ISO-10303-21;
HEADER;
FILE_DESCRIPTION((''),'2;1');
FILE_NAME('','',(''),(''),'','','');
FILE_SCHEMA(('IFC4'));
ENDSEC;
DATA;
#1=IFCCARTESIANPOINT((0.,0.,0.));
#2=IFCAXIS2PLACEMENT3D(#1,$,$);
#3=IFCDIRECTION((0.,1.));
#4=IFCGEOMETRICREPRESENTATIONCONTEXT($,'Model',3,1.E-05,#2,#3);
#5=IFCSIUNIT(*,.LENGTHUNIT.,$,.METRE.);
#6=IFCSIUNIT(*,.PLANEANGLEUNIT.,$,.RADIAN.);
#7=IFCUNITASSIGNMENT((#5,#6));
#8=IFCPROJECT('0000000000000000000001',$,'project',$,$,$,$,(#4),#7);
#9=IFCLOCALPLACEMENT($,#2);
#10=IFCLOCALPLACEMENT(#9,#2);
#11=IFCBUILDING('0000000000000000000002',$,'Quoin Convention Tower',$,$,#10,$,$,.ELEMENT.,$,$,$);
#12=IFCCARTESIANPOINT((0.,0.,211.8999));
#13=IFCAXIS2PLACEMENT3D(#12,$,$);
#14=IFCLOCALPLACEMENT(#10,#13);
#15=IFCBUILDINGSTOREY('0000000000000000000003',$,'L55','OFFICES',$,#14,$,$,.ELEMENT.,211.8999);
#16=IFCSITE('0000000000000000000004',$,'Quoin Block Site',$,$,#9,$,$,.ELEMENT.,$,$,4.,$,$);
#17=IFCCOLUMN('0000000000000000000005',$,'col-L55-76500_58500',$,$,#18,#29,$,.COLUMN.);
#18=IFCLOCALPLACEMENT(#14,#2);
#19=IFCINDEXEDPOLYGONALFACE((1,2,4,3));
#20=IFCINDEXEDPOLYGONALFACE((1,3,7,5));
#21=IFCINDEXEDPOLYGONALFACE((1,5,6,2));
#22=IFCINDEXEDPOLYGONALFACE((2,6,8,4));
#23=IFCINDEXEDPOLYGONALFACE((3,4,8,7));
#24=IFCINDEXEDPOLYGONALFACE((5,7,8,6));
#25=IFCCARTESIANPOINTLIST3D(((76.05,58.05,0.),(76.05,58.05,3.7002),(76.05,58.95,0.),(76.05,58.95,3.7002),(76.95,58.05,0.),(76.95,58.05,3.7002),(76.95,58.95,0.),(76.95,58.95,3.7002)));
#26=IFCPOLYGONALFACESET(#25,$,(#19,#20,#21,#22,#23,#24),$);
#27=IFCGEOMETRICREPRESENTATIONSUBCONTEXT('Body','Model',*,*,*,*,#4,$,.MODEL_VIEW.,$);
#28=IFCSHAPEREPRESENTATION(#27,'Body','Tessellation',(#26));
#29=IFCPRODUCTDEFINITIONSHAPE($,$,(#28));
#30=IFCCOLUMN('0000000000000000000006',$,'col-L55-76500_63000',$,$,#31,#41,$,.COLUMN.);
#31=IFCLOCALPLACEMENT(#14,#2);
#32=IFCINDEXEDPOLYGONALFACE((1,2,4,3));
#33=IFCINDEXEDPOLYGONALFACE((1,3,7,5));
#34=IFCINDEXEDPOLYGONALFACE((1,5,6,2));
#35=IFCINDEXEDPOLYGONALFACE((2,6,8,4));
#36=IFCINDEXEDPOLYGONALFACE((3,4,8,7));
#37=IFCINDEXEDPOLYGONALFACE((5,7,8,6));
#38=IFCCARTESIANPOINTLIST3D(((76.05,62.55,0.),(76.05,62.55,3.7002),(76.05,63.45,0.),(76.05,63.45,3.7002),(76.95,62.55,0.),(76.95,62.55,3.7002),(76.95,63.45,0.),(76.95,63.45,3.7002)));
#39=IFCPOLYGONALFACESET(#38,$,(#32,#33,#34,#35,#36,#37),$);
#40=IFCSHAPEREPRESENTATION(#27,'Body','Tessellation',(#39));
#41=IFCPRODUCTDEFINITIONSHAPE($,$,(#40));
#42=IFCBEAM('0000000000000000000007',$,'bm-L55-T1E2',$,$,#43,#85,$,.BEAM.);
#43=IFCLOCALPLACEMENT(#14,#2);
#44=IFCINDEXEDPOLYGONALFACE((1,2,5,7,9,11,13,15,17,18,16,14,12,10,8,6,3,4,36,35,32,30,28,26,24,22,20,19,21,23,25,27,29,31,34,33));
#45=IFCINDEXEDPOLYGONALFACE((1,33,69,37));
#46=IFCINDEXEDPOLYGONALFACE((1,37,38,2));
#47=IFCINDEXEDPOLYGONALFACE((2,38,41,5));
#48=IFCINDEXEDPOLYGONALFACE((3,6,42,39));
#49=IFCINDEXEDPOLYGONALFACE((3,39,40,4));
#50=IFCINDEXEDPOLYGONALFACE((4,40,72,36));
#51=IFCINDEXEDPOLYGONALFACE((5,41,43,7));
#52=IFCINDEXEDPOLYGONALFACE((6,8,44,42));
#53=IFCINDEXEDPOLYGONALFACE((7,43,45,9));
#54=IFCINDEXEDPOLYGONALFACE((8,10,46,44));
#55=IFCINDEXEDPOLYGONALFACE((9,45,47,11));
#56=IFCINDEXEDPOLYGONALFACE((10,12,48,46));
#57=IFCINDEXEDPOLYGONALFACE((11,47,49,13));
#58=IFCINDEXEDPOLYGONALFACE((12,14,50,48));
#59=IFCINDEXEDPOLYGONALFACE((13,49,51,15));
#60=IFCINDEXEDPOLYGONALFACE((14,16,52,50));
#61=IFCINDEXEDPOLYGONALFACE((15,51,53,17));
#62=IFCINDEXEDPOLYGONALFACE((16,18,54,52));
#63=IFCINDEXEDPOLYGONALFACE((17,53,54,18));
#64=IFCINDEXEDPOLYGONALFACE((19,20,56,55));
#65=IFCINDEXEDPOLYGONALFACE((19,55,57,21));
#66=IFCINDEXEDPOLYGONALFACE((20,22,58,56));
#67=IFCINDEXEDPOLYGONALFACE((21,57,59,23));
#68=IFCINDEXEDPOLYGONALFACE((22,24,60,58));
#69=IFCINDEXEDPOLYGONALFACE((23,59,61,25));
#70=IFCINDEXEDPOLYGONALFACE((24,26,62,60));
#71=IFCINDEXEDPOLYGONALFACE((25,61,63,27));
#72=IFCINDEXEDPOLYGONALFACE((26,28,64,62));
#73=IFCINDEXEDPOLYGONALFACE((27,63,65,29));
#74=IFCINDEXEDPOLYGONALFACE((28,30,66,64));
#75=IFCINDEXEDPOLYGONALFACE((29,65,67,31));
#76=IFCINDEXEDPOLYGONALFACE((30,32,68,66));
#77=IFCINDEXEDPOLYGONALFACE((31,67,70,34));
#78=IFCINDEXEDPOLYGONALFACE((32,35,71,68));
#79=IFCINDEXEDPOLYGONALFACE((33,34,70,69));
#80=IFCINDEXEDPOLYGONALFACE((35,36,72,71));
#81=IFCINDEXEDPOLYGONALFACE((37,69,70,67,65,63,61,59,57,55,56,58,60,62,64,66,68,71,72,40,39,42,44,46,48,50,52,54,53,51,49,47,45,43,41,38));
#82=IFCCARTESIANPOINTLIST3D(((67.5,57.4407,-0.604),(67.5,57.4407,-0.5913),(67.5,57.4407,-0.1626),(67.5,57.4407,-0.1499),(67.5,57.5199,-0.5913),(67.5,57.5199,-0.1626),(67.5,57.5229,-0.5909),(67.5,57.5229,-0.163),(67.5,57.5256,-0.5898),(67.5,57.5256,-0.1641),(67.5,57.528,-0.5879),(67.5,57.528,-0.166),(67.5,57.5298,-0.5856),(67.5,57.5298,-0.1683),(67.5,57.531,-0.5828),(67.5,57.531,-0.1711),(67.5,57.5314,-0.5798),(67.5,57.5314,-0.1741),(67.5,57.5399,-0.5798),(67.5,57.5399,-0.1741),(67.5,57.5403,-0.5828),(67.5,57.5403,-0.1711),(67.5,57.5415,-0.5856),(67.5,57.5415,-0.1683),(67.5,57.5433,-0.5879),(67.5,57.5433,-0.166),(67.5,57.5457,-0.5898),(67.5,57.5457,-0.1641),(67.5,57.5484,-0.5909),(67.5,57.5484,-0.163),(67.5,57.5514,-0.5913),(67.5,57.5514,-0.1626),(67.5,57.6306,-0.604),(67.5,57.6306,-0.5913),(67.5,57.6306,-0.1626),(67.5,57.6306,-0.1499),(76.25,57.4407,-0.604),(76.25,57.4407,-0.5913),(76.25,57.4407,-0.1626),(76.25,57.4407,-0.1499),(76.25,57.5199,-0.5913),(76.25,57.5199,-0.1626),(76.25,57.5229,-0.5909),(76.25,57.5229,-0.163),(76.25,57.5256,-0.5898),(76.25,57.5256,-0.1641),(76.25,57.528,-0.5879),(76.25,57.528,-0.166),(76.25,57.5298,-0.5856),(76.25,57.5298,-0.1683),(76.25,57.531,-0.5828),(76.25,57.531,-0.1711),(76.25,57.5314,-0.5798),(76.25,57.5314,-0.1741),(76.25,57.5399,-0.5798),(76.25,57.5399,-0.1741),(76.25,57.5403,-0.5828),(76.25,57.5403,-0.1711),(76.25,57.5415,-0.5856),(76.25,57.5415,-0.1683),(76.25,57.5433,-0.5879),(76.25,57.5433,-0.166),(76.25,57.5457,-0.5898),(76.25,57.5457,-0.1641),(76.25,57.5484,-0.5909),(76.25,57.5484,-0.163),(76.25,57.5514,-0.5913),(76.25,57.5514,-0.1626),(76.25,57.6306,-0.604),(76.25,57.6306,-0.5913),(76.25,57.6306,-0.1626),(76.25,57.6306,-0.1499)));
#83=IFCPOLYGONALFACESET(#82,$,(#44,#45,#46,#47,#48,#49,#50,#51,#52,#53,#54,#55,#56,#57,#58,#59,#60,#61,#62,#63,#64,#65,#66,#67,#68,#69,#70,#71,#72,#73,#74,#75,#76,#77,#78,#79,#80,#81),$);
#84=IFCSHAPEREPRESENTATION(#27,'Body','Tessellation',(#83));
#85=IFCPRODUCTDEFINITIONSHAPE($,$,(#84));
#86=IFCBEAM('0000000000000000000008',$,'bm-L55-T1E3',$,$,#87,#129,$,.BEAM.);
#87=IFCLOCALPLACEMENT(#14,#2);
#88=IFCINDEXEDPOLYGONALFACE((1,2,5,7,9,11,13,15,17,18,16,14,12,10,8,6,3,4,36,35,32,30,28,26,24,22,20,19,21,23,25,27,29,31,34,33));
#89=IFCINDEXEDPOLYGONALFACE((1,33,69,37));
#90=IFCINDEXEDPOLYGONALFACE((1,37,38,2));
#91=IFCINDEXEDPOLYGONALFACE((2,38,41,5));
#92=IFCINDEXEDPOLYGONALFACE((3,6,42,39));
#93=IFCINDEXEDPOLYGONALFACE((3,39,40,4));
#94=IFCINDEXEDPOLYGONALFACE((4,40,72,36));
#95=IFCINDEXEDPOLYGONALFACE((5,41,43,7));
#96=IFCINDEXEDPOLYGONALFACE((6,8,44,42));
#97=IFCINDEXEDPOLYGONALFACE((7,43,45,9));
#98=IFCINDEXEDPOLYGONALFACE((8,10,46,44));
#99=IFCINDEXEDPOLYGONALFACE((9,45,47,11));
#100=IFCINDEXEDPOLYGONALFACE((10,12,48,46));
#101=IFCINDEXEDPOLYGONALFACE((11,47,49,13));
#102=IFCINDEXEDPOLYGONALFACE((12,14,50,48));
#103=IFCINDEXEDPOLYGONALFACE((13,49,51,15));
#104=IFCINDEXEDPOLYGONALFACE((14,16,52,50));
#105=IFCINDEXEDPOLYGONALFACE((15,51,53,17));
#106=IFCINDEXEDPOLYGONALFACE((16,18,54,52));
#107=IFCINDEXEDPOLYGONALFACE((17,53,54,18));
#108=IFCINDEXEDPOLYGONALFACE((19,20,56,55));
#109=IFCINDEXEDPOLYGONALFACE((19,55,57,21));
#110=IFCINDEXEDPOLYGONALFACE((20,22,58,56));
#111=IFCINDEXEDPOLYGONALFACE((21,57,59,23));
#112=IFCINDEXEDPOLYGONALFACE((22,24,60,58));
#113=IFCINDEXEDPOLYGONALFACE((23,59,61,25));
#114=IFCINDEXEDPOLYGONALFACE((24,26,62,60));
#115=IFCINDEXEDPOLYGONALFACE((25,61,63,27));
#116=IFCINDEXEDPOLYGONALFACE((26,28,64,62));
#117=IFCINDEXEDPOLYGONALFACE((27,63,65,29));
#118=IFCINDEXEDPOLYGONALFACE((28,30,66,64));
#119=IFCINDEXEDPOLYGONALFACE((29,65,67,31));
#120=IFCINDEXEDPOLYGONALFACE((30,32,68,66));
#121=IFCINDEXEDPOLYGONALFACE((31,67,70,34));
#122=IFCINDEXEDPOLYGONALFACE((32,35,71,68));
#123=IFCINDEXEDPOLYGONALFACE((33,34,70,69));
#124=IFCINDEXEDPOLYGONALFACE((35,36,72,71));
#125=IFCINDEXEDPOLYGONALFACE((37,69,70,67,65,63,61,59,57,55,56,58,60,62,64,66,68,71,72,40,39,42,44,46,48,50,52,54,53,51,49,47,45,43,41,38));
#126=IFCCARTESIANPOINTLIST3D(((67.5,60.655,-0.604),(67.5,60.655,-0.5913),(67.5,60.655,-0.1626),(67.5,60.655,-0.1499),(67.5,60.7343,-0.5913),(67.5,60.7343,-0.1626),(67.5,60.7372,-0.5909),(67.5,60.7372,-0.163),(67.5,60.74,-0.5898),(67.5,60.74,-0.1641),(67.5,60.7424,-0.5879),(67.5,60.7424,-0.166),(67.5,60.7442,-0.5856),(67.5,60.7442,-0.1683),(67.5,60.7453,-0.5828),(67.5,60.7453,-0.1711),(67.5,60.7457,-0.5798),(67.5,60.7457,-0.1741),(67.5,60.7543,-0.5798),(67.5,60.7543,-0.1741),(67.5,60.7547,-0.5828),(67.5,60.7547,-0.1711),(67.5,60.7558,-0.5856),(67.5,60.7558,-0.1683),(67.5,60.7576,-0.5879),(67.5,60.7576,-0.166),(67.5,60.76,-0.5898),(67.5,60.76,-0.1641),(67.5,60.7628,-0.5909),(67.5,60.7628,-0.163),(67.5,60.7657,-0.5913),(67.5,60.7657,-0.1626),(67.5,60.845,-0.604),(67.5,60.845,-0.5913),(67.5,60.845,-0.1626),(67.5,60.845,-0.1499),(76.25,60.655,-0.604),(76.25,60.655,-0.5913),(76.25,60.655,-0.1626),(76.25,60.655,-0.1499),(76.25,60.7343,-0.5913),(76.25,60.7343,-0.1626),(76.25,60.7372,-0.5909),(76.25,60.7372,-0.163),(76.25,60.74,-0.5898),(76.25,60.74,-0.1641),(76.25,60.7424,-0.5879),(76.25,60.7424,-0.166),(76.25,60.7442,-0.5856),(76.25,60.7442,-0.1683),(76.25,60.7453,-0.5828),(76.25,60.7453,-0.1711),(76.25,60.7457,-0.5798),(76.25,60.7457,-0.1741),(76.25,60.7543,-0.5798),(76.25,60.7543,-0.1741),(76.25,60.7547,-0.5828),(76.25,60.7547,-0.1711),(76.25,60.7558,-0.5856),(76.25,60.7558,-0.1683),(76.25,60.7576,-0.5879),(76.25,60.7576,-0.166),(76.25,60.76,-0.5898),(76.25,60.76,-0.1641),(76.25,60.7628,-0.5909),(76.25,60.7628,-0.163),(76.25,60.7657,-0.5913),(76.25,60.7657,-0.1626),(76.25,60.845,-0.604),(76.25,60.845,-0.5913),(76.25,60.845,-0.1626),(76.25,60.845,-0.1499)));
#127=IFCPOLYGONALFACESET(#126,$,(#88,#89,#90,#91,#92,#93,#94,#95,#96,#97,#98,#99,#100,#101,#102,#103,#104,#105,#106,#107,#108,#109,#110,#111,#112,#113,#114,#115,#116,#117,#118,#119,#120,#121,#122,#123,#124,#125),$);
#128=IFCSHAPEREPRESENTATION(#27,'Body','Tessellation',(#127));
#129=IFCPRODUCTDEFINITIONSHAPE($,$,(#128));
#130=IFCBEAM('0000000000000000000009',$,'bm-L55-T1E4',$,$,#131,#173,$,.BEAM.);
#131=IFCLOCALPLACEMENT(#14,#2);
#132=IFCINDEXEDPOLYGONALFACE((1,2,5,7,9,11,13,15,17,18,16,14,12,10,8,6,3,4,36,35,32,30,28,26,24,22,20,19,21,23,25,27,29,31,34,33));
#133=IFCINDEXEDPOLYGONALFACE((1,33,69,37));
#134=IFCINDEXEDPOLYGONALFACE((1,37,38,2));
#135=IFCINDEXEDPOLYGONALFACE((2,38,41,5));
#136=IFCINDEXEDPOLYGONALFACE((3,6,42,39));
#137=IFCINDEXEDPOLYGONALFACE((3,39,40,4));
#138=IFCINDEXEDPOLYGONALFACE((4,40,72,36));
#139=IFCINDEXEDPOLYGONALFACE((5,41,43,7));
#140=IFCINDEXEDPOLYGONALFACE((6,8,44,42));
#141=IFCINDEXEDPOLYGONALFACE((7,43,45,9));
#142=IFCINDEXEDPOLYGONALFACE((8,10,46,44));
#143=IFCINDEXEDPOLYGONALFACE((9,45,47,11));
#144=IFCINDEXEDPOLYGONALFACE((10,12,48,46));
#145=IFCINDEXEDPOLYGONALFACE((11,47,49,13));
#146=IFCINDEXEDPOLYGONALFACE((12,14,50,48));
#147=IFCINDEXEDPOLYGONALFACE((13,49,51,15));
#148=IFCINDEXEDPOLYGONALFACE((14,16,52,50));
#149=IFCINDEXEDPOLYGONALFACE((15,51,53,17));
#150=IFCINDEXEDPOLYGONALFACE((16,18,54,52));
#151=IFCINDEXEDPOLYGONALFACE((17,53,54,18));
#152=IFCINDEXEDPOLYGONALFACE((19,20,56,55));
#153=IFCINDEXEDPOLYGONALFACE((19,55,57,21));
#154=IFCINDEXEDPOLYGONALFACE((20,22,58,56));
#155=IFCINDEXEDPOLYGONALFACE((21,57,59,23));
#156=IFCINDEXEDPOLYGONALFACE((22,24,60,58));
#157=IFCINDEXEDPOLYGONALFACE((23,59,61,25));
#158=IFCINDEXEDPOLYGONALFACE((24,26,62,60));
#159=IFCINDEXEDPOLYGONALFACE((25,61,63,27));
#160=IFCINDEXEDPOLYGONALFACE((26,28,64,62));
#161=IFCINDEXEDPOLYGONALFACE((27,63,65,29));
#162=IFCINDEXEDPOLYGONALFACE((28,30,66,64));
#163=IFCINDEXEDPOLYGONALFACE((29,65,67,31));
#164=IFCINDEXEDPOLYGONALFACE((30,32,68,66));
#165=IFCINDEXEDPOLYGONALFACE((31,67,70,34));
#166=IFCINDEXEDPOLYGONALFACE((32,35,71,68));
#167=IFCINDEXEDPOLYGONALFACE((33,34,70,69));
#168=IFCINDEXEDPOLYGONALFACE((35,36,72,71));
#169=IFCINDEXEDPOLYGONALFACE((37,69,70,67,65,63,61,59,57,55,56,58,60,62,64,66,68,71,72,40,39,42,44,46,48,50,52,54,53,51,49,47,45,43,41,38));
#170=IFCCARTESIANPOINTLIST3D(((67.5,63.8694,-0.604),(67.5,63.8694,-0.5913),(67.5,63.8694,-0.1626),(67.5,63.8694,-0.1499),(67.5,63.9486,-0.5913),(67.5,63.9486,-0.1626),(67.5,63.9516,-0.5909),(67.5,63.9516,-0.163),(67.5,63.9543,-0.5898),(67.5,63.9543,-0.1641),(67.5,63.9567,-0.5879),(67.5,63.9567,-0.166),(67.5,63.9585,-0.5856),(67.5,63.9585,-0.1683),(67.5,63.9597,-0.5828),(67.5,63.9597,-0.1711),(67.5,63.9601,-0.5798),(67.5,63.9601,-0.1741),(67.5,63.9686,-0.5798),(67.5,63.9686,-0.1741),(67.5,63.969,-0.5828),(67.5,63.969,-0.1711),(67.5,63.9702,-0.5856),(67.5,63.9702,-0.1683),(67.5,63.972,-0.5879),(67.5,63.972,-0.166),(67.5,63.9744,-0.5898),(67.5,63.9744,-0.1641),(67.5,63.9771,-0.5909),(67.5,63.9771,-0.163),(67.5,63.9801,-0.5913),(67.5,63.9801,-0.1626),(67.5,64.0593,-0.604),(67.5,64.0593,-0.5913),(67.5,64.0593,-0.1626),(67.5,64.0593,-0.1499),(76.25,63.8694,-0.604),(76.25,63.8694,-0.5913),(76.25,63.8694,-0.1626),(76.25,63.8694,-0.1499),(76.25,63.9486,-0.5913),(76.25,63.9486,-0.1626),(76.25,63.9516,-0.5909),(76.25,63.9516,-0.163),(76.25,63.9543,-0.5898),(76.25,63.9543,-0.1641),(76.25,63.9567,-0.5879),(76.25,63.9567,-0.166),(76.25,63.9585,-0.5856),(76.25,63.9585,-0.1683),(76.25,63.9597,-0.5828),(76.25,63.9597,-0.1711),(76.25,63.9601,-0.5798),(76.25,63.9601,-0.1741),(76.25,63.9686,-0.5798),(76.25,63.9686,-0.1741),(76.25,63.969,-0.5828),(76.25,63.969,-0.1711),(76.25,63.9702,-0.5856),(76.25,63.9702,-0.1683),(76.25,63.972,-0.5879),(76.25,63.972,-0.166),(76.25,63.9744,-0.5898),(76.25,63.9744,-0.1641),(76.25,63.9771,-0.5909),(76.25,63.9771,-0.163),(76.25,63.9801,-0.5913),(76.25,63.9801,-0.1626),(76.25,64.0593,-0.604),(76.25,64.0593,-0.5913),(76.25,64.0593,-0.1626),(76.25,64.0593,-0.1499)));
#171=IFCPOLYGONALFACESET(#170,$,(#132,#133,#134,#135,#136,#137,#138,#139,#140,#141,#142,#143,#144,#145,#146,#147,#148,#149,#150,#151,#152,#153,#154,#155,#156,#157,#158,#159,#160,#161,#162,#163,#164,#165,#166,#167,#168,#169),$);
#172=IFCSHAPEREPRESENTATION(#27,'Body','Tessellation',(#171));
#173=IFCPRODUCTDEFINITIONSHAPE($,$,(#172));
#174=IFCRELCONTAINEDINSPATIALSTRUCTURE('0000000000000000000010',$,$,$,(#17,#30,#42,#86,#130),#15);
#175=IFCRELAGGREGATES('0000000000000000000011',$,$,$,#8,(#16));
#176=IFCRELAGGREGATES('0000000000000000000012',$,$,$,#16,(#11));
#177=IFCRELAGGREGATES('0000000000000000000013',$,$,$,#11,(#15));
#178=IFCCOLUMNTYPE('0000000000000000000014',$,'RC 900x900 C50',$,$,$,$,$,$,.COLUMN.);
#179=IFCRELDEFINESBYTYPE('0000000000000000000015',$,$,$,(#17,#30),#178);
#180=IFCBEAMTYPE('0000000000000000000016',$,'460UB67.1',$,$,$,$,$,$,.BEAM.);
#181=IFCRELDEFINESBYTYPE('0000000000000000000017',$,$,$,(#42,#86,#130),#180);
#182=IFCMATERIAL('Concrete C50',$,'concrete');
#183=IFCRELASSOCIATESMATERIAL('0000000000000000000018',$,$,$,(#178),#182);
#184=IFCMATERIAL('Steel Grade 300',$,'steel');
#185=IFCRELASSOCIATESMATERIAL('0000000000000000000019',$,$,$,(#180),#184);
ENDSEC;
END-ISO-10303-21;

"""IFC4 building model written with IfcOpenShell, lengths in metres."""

from ifc_helpers import new_model, si_unit, direction, frame, origin, origin_2d, place, context, subcontext, project, spatial, rectangle, i_section, extrude, material, material_profile, profile_set, type_object, element, save


model = new_model("IFC4")

# Units and contexts
model_context = context("Model", 3, precision=1e-05, world=origin(), true_north=direction((0.0, 1.0)))
body_context = subcontext(model_context, "Body", "Model", "MODEL_VIEW")
ifc_project = project(units=[si_unit("LENGTHUNIT", "METRE"), si_unit("PLANEANGLEUNIT", "RADIAN")], contexts=[model_context])

# Site, building, storey
site_placement = place(None, origin())
site = spatial("IfcSite", under=ifc_project, at=site_placement, Name="Quoin Block Site", CompositionType="ELEMENT", RefElevation=4.0)
building_placement = place(site_placement, origin())
building = spatial("IfcBuilding", under=site, at=building_placement, Name="Quoin Convention Tower", CompositionType="ELEMENT")
storey_placement = place(building_placement, frame((0.0, 0.0, 211.8999)))
storey = spatial("IfcBuildingStorey", under=building, at=storey_placement, Name="L55", Description="OFFICES", CompositionType="ELEMENT", Elevation=211.8999)

# Columns
ifc_material_1 = material(Name="Concrete C50", Category="concrete")
ifc_material_profile_1 = material_profile(ifc_material_1, rectangle(XDim=0.8999, YDim=0.8999, at=origin_2d()), Name="RC 900x900")
ifc_profile_set_1 = profile_set([ifc_material_profile_1], Name="Concrete C50")
column_type = type_object("IfcColumnType", Name="RC 900x900 C50", PredefinedType="COLUMN", material=ifc_profile_set_1)
for number, where, z_axis, x_axis, name in (
    (1, (76.5, 58.5, 0.0), (0.0, 0.0, 1.0), (1.0, 0.0, 0.0), "col-L55-76500_58500"),
    (2, (76.5, 63.0, 0.0), (0.0, 0.0, 1.0), (1.0, 0.0, 0.0), "col-L55-76500_63000"),
):
    element("IfcColumn", number, at=place(storey_placement, frame(where, z_axis=z_axis, x_axis=x_axis)), inside=storey, type_object=column_type, Name=name, PredefinedType="COLUMN", context=body_context, shape_type="SweptSolid", body=[
        extrude(rectangle(XDim=0.8999, YDim=0.8999, at=origin_2d()), origin(), (0.0, 0.0, 1.0), 3.7002),
    ])

# Beams
ifc_material_2 = material(Name="Steel Grade 300", Category="steel")
ifc_material_profile_2 = material_profile(ifc_material_2, i_section(OverallWidth=0.1899, OverallDepth=0.4541, WebThickness=0.0085, FlangeThickness=0.0127, FilletRadius=0.0115, at=origin_2d()), Name="460UB67.1")
ifc_profile_set_2 = profile_set([ifc_material_profile_2], Name="Steel Grade 300")
beam_type = type_object("IfcBeamType", Name="460UB67.1", PredefinedType="BEAM", material=ifc_profile_set_2)
for number, where, z_axis, x_axis, name in (
    (3, (67.5, 57.5356, -0.377), (1.0, 0.0, 0.0), (0.0, 1.0, 0.0), "bm-L55-T1E2"),
    (4, (67.5, 60.75, -0.377), (1.0, 0.0, 0.0), (0.0, 1.0, 0.0), "bm-L55-T1E3"),
    (5, (67.5, 63.9644, -0.377), (1.0, 0.0, 0.0), (0.0, 1.0, 0.0), "bm-L55-T1E4"),
):
    element("IfcBeam", number, at=place(storey_placement, frame(where, z_axis=z_axis, x_axis=x_axis)), inside=storey, type_object=beam_type, Name=name, PredefinedType="BEAM", context=body_context, shape_type="SweptSolid", body=[
        extrude(i_section(OverallWidth=0.1899, OverallDepth=0.4541, WebThickness=0.0085, FlangeThickness=0.0127, FilletRadius=0.0115, at=origin_2d()), origin(), (0.0, 0.0, 1.0), 8.75),
    ])

save(model, "model.ifc")
